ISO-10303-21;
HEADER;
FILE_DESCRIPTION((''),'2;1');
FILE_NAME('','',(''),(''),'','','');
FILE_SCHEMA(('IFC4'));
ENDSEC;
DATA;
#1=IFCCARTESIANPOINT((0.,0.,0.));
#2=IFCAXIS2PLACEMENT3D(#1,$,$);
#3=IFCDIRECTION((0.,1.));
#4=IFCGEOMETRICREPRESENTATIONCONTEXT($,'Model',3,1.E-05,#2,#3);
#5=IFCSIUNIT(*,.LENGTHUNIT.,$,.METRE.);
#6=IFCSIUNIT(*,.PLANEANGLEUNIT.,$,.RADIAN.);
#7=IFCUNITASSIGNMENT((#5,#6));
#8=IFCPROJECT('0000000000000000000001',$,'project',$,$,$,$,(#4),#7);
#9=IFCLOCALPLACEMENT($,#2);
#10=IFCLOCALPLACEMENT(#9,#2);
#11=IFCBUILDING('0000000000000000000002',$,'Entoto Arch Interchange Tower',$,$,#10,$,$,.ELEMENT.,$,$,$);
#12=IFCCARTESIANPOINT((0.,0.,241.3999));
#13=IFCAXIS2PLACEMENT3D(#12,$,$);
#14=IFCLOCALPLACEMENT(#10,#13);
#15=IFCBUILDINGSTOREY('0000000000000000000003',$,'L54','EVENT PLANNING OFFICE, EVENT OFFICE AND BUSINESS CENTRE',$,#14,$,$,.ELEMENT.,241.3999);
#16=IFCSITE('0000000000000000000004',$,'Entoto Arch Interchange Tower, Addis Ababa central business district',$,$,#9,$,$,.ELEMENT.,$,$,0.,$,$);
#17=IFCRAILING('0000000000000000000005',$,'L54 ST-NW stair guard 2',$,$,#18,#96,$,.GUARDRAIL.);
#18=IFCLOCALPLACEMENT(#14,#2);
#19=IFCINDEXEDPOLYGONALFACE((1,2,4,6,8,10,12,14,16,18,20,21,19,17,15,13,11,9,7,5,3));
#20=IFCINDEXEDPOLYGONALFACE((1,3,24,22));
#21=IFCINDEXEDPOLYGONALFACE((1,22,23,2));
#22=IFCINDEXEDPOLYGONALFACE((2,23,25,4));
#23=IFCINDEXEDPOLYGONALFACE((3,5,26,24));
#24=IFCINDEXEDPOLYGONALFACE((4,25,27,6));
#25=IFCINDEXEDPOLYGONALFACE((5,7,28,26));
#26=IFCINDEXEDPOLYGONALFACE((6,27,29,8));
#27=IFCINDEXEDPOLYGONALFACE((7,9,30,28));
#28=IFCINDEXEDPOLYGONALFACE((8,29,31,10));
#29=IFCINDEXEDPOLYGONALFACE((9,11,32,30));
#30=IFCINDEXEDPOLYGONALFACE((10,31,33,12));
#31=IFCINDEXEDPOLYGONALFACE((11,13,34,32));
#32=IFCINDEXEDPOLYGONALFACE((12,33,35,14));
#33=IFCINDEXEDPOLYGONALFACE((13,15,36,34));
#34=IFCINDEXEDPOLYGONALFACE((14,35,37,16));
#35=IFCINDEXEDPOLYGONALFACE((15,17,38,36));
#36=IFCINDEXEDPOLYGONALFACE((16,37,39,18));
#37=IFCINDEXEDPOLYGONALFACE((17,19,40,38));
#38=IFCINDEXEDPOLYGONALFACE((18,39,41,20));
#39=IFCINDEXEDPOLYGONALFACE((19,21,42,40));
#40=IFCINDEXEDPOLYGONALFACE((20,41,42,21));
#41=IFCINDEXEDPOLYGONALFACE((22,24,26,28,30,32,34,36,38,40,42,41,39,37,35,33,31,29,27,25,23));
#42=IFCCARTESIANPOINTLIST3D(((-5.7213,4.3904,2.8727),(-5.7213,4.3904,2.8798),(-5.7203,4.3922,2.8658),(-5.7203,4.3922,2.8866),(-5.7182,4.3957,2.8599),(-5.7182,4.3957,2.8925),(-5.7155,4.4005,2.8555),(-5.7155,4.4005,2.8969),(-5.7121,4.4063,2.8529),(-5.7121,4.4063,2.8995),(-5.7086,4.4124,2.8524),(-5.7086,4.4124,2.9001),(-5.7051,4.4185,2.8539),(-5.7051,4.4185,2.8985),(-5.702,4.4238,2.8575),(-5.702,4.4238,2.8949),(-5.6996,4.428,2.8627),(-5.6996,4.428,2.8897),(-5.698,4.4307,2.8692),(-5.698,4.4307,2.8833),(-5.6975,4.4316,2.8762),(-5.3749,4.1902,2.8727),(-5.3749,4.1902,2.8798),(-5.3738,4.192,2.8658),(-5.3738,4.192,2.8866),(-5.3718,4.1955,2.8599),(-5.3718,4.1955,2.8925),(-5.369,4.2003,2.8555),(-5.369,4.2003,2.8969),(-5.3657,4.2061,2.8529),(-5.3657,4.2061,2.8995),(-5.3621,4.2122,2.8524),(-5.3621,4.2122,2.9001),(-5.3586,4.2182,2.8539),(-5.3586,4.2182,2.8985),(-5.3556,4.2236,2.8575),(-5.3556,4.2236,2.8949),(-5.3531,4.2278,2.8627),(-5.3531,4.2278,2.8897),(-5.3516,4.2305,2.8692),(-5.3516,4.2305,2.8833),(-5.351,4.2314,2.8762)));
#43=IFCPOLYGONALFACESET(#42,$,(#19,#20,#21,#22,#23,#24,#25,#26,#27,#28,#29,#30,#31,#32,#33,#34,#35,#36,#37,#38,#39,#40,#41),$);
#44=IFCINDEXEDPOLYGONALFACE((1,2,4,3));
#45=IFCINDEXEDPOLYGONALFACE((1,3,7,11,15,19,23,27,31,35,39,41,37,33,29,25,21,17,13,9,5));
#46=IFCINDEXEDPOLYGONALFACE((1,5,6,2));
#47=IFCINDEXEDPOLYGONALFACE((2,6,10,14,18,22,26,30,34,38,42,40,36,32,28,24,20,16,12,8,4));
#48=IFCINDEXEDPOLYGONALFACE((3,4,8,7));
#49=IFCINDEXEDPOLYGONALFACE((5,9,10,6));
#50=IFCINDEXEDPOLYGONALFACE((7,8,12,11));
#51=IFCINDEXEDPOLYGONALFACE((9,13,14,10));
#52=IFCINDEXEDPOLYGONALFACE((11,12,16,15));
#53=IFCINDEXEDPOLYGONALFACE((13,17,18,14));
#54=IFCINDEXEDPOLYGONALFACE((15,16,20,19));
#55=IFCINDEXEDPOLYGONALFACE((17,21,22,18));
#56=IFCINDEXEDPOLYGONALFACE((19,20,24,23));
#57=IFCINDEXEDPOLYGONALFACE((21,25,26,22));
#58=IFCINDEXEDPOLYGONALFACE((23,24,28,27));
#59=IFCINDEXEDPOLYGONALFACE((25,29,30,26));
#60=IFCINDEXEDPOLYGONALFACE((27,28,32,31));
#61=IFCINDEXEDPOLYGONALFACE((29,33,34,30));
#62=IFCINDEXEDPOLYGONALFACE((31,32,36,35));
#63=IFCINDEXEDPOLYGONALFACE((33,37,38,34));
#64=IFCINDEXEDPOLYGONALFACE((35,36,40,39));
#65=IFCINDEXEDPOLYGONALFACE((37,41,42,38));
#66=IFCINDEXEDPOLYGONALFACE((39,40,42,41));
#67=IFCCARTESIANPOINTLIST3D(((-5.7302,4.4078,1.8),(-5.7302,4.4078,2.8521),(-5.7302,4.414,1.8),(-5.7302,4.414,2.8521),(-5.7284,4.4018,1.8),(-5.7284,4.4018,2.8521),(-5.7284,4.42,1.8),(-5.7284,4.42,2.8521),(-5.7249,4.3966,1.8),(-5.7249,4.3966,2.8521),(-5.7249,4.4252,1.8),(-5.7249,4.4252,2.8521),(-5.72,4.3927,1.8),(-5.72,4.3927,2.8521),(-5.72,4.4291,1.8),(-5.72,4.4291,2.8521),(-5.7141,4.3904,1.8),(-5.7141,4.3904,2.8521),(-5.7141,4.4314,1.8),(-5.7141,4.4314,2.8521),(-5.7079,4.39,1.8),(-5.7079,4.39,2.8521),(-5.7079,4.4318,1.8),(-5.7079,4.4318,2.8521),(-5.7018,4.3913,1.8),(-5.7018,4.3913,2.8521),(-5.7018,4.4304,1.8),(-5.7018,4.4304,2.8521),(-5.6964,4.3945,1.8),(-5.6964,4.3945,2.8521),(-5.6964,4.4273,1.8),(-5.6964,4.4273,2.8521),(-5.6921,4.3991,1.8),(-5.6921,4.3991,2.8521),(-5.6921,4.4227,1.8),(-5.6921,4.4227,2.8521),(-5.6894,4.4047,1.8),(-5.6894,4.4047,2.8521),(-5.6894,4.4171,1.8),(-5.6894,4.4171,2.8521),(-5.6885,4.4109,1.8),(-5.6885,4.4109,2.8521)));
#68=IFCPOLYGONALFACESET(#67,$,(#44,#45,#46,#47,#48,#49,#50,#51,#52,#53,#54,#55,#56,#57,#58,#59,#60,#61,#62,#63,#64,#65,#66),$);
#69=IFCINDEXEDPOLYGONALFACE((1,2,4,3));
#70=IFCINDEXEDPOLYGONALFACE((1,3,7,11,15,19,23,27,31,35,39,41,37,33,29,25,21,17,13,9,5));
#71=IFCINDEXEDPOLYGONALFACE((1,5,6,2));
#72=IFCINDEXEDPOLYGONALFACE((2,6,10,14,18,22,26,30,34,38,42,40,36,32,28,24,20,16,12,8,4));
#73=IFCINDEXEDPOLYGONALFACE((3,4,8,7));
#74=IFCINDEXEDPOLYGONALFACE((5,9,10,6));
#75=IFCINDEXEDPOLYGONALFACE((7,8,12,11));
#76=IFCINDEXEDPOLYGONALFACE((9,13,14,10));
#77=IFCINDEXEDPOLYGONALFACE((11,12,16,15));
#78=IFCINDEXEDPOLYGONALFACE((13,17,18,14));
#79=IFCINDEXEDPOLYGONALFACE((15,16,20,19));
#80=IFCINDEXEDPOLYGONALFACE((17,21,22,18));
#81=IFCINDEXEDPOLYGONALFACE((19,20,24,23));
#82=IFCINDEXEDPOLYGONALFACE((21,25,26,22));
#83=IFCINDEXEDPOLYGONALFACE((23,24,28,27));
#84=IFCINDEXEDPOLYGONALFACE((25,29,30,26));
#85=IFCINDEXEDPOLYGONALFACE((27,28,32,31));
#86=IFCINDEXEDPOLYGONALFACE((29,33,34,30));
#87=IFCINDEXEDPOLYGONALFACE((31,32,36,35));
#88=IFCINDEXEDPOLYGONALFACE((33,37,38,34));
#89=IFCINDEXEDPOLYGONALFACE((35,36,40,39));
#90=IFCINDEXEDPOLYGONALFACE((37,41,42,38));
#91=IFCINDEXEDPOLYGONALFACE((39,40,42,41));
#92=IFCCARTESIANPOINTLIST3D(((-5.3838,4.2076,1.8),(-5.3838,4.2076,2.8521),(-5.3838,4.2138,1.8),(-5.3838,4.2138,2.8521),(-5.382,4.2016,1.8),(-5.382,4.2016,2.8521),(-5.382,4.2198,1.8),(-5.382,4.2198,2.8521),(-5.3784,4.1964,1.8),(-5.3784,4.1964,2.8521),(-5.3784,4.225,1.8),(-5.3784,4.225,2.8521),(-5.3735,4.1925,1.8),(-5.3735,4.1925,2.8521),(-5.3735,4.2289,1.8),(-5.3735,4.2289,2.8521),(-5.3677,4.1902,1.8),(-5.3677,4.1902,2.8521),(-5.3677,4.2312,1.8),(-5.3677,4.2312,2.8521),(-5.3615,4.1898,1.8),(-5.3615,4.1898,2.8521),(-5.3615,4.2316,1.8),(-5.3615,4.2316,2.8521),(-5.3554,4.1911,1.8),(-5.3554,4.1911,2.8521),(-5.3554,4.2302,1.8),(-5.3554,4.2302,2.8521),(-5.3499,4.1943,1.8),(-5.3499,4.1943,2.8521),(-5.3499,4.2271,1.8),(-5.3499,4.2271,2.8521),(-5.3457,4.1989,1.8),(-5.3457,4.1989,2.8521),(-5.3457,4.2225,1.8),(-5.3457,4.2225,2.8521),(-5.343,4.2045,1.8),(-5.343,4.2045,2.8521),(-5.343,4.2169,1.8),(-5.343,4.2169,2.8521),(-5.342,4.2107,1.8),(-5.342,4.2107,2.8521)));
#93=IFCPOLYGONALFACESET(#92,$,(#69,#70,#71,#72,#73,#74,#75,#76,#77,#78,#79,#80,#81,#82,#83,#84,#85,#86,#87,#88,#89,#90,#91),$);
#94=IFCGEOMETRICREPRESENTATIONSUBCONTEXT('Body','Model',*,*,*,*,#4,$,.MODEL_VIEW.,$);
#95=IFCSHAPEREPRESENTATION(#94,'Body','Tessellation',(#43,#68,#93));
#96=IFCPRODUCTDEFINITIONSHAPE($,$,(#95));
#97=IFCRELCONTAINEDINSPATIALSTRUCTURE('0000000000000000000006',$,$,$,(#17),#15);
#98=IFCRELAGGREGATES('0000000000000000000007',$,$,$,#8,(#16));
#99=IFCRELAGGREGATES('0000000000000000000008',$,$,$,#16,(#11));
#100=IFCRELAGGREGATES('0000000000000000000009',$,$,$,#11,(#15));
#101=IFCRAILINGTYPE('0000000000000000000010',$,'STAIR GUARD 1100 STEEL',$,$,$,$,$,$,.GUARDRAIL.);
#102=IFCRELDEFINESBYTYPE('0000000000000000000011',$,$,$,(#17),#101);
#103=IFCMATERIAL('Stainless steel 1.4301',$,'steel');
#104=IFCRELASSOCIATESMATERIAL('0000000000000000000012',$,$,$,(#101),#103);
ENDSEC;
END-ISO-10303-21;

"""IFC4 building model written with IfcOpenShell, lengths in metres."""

from ifc_helpers import new_model, si_unit, direction, frame, origin, origin_2d, place, context, subcontext, project, spatial, circle, extrude, material, type_object, element, save


model = new_model("IFC4")

# Units and contexts
model_context = context("Model", 3, precision=1e-05, world=origin(), true_north=direction((0.0, 1.0)))
body_context = subcontext(model_context, "Body", "Model", "MODEL_VIEW")
ifc_project = project(units=[si_unit("LENGTHUNIT", "METRE"), si_unit("PLANEANGLEUNIT", "RADIAN")], contexts=[model_context])

# Site, building, storey
site_placement = place(None, origin())
site = spatial("IfcSite", under=ifc_project, at=site_placement, Name="Entoto Arch Interchange Tower, Addis Ababa central business district", CompositionType="ELEMENT", RefElevation=0.0)
building_placement = place(site_placement, origin())
building = spatial("IfcBuilding", under=site, at=building_placement, Name="Entoto Arch Interchange Tower", CompositionType="ELEMENT")
storey_placement = place(building_placement, frame((0.0, 0.0, 241.3999)))
storey = spatial("IfcBuildingStorey", under=building, at=storey_placement, Name="L54", Description="EVENT PLANNING OFFICE, EVENT OFFICE AND BUSINESS CENTRE", CompositionType="ELEMENT", Elevation=241.3999)

# Railing
ifc_material_1 = material(Name="Stainless steel 1.4301", Category="steel")
railing_type = type_object("IfcRailingType", Name="STAIR GUARD 1100 STEEL", PredefinedType="GUARDRAIL", material=ifc_material_1)
railing_1_placement = place(storey_placement, frame((-5.7095, 4.4109, 1.8)))
element("IfcRailing", 1, at=railing_1_placement, inside=storey, type_object=railing_type, Name="L54 ST-NW stair guard 2", PredefinedType="GUARDRAIL", context=body_context, shape_type="SweptSolid", body=[
    extrude(circle(Radius=0.0239, at=origin_2d()), frame((0.0, 0.0, 1.0762), z_axis=(0.86583, -0.500339, 0.0), x_axis=(0.500339, 0.86583, 0.0)), (0.0, 0.0, 1.0), 0.4001),
    extrude(circle(Radius=0.021, at=origin_2d()), origin(), (0.0, 0.0, 1.0), 1.052),
    extrude(circle(Radius=0.021, at=origin_2d()), frame((0.3464, -0.2002, 0.0)), (0.0, 0.0, 1.0), 1.052),
])

save(model, "model.ifc")
